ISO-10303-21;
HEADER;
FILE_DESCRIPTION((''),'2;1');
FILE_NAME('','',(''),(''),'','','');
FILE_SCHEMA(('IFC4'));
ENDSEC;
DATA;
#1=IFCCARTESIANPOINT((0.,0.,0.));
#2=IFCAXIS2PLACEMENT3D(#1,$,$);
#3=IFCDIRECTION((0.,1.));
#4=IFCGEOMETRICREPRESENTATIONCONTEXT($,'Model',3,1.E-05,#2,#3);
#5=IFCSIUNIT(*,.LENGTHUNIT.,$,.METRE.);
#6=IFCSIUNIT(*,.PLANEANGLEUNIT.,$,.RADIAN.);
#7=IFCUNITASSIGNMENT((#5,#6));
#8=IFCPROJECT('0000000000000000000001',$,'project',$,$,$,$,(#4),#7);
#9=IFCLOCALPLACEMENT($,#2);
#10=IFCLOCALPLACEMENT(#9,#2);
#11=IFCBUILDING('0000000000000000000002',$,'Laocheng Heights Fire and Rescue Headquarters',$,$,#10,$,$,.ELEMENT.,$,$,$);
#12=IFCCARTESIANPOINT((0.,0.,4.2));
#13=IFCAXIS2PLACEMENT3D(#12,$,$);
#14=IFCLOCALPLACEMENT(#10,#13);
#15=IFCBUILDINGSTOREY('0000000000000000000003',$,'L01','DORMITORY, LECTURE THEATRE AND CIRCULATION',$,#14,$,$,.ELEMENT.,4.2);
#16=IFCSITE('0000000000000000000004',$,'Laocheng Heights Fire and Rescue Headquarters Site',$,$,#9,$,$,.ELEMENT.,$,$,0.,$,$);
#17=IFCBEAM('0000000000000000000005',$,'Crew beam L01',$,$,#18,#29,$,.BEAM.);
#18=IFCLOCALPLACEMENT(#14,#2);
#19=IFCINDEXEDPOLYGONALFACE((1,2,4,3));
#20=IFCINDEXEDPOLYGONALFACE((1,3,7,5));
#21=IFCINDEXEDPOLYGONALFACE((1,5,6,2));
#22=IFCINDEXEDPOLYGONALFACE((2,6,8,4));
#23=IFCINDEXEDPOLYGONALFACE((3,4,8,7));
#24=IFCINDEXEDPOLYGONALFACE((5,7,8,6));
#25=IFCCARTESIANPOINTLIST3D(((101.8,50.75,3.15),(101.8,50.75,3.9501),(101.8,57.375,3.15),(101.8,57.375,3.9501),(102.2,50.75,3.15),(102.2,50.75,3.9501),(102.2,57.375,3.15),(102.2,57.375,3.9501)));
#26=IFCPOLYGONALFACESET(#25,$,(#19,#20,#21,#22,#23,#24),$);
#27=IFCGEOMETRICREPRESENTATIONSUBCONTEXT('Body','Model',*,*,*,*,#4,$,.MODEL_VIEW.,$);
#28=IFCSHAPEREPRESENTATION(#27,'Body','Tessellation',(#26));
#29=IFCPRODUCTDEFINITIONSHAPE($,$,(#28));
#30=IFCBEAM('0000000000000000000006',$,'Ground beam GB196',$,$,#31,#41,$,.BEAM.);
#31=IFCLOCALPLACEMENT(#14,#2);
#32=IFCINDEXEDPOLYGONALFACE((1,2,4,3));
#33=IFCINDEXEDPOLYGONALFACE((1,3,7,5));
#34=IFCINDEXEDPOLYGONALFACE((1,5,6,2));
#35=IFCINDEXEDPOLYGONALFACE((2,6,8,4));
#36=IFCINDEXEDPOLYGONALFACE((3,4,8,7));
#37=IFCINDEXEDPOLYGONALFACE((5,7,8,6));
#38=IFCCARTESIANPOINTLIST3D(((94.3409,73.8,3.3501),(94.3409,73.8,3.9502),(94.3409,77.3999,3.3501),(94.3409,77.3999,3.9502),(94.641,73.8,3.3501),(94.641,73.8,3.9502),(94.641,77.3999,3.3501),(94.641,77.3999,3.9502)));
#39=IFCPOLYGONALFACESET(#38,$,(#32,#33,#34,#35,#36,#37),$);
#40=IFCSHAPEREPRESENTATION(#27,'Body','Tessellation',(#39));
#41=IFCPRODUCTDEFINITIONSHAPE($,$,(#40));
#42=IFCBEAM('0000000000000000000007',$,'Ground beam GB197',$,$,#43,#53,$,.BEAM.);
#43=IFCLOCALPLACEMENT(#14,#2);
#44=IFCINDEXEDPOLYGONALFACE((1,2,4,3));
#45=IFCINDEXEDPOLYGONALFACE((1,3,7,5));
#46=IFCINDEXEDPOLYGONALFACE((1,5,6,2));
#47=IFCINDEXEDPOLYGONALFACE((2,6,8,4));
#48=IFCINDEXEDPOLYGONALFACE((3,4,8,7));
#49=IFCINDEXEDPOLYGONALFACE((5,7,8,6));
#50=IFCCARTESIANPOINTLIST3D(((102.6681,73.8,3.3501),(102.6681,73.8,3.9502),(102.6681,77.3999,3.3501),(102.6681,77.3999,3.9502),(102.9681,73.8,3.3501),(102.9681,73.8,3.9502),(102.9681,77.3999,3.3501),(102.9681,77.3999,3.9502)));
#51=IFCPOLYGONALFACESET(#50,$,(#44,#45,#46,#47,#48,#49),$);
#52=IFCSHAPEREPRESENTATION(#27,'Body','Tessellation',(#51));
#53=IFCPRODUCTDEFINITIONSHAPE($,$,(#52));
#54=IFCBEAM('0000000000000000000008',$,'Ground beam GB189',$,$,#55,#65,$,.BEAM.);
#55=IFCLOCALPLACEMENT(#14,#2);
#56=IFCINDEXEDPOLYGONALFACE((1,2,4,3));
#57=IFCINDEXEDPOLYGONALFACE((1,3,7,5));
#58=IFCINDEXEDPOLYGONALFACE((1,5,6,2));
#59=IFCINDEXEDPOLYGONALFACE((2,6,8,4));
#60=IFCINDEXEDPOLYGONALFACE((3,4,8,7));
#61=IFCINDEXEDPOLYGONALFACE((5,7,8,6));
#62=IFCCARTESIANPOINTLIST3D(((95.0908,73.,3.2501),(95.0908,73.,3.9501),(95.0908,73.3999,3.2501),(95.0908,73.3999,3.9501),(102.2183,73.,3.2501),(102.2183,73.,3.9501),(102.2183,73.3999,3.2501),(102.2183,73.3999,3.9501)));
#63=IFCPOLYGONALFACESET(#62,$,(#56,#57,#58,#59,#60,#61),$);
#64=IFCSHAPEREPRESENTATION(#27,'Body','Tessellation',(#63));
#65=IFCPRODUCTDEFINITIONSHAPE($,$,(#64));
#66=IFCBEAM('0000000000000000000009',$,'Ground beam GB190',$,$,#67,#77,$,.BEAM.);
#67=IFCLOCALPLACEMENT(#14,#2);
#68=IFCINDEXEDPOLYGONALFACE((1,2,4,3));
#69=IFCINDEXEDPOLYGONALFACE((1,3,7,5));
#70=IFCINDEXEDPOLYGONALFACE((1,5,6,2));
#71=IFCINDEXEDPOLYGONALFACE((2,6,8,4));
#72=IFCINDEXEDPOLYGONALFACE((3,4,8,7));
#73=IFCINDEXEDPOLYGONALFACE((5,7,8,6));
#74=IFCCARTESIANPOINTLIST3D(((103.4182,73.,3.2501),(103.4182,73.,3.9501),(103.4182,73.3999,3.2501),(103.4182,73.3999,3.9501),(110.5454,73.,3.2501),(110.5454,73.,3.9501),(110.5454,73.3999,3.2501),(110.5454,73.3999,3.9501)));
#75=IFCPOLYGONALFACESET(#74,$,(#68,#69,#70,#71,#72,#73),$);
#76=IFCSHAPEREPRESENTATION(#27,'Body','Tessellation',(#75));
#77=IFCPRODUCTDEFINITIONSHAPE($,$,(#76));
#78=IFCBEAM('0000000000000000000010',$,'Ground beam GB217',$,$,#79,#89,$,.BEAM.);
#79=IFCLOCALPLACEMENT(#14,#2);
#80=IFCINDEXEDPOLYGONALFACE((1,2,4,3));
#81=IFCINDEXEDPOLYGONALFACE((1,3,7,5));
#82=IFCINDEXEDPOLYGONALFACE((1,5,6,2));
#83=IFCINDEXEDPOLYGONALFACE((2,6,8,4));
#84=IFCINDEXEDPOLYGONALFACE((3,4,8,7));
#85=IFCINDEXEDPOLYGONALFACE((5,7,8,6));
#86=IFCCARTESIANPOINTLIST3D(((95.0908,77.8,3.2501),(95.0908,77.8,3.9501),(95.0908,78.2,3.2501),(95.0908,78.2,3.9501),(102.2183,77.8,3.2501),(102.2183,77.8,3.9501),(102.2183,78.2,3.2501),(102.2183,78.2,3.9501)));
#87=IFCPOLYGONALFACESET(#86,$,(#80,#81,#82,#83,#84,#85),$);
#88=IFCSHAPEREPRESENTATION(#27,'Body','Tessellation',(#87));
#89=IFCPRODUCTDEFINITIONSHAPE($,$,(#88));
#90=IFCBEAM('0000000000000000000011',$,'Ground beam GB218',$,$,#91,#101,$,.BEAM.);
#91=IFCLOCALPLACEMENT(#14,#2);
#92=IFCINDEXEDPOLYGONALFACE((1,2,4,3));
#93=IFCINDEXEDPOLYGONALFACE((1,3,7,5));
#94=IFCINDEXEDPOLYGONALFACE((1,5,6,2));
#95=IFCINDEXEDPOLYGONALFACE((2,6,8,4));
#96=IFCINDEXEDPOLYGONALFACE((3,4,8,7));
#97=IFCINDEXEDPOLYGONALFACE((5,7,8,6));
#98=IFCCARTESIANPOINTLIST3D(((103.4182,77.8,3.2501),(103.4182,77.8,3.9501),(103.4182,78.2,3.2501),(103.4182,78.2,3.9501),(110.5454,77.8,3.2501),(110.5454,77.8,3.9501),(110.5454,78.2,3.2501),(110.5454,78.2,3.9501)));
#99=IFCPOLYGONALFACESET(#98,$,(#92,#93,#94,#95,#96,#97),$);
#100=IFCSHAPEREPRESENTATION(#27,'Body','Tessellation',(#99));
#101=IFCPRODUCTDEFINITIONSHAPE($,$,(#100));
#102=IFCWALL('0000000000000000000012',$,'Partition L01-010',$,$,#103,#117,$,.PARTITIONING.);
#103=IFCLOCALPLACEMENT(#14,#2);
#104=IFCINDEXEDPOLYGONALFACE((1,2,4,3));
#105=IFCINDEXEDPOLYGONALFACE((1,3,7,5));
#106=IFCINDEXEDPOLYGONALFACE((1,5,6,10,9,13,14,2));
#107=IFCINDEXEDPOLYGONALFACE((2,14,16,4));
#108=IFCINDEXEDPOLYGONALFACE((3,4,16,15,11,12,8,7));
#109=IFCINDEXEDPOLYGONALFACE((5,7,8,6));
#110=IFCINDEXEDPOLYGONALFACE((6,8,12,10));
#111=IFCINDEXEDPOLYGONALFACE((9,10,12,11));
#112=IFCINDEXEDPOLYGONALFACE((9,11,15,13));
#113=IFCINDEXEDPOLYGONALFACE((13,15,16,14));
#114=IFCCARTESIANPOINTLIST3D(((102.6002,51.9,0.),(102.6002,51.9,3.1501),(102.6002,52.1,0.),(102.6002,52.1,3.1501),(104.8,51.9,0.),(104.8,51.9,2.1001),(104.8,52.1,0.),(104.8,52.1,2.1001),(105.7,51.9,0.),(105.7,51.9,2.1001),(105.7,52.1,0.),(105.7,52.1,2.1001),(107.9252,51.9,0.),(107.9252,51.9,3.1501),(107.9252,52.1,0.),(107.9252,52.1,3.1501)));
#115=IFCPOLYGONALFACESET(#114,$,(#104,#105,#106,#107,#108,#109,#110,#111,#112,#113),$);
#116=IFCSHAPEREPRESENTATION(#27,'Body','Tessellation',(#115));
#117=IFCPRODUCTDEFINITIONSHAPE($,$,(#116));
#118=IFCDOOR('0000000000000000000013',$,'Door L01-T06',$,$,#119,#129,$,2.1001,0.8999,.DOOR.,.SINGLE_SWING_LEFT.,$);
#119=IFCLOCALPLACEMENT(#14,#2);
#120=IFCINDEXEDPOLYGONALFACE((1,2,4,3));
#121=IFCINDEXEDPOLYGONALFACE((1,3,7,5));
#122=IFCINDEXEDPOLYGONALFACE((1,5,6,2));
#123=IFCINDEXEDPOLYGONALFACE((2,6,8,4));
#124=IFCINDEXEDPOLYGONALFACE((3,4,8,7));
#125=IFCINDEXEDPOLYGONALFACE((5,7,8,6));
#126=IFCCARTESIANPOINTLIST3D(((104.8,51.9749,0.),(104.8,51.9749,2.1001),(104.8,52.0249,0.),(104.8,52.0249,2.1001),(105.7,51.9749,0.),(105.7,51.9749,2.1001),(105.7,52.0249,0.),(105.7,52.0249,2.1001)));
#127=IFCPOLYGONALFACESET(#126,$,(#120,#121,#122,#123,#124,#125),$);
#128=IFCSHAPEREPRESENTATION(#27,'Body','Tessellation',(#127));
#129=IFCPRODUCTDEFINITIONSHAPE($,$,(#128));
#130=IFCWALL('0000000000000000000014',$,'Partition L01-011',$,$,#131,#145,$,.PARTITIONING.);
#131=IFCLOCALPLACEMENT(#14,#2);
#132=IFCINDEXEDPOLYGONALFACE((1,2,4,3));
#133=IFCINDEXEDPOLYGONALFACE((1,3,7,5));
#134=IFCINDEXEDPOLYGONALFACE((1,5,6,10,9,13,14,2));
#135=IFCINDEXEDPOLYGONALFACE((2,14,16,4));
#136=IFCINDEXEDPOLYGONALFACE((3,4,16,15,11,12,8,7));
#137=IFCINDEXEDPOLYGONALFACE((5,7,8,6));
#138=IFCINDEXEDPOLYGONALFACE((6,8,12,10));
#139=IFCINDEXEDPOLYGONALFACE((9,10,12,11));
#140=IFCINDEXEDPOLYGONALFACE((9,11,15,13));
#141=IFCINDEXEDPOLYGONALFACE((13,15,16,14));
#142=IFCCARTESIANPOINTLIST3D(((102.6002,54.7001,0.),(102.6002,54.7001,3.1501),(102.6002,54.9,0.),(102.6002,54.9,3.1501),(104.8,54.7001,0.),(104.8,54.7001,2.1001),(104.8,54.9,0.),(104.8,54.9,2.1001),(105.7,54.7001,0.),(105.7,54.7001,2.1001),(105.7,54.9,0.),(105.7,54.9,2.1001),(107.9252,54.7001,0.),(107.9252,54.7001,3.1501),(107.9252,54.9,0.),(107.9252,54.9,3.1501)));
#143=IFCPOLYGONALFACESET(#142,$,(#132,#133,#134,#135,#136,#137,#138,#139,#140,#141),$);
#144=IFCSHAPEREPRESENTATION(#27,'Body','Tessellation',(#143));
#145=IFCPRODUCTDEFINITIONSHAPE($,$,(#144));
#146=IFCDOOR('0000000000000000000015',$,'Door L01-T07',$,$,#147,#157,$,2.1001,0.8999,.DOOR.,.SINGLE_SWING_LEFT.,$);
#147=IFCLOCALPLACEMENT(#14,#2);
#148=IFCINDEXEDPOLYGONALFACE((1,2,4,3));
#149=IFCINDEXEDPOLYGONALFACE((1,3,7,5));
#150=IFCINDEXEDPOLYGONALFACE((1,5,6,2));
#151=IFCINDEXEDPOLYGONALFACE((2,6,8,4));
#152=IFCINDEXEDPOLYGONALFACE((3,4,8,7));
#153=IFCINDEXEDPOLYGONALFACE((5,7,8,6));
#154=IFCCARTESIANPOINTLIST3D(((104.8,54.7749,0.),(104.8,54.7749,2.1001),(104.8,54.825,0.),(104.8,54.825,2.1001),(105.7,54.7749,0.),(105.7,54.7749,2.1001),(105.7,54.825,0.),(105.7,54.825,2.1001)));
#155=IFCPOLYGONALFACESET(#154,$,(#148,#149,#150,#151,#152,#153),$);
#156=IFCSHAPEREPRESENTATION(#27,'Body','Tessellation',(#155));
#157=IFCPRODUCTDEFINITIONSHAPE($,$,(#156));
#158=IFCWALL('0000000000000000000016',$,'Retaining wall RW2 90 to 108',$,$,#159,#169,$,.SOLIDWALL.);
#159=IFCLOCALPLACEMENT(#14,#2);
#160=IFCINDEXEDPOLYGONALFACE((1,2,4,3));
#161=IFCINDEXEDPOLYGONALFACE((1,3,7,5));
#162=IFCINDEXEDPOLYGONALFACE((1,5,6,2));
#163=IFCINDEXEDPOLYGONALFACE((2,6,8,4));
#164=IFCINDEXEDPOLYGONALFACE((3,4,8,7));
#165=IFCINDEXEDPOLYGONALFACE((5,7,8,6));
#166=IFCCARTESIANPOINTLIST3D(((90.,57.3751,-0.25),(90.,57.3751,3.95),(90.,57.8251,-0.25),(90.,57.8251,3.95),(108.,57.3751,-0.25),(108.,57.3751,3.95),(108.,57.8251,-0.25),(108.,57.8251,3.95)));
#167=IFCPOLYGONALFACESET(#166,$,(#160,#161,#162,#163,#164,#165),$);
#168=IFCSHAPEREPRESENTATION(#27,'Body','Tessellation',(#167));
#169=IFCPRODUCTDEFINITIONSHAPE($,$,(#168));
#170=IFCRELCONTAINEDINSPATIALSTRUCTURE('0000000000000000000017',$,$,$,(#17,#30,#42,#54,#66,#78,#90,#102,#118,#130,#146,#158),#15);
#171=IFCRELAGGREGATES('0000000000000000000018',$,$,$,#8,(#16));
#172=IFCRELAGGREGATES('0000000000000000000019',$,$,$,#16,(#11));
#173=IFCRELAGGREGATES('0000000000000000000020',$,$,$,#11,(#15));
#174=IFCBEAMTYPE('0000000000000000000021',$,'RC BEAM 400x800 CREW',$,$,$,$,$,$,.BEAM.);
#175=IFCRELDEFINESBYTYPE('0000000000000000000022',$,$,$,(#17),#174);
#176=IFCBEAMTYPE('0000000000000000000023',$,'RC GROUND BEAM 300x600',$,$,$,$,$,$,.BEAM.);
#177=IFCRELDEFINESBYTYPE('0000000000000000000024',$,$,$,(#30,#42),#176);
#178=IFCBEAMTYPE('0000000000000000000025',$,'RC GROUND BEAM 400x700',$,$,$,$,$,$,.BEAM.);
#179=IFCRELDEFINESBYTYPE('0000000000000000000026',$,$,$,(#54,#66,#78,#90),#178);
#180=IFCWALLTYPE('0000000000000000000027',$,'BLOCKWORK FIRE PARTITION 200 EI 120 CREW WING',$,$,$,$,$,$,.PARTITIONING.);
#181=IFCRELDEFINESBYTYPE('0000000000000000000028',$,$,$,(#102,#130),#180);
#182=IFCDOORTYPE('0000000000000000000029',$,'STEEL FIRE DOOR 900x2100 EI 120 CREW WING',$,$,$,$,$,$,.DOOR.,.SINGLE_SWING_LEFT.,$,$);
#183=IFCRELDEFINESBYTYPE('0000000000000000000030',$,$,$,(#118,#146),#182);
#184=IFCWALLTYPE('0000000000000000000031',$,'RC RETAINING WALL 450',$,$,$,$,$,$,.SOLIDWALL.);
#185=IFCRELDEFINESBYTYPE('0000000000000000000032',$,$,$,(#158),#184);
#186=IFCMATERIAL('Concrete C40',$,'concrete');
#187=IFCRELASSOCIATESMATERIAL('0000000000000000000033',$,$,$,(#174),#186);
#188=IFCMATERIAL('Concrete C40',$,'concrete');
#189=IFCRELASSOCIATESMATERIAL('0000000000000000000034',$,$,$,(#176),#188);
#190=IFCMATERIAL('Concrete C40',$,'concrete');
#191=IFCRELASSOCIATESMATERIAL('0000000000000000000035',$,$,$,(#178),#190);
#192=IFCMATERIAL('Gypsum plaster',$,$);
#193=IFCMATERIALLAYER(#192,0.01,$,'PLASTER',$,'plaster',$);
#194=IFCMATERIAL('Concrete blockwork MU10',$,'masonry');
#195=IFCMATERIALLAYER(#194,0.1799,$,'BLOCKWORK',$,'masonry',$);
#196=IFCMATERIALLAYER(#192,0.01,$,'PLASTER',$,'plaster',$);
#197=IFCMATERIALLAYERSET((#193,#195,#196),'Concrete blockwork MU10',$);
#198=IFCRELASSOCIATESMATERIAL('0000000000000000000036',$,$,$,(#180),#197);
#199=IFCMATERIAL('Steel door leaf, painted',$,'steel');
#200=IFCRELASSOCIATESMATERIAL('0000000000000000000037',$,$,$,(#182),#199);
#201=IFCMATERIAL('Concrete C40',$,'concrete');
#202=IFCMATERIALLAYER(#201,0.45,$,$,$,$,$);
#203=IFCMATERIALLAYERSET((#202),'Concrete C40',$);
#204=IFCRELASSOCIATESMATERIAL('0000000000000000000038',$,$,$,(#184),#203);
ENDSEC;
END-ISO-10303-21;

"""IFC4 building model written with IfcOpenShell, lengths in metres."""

from ifc_helpers import new_model, si_unit, direction, frame, frame_2d, origin, origin_2d, place, context, subcontext, project, spatial, rectangle, extrude, material, layer, layer_set, material_profile, profile_set, type_object, element, fill, save


model = new_model("IFC4")

# Units and contexts
model_context = context("Model", 3, precision=1e-05, world=origin(), true_north=direction((0.0, 1.0)))
body_context = subcontext(model_context, "Body", "Model", "MODEL_VIEW")
ifc_project = project(units=[si_unit("LENGTHUNIT", "METRE"), si_unit("PLANEANGLEUNIT", "RADIAN")], contexts=[model_context])

# Site, building, storey
site_placement = place(None, origin())
site = spatial("IfcSite", under=ifc_project, at=site_placement, Name="Laocheng Heights Fire and Rescue Headquarters Site", CompositionType="ELEMENT", RefElevation=0.0)
building_placement = place(site_placement, origin())
building = spatial("IfcBuilding", under=site, at=building_placement, Name="Laocheng Heights Fire and Rescue Headquarters", CompositionType="ELEMENT")
storey_placement = place(building_placement, frame((0.0, 0.0, 4.2)))
storey = spatial("IfcBuildingStorey", under=building, at=storey_placement, Name="L01", Description="DORMITORY, LECTURE THEATRE AND CIRCULATION", CompositionType="ELEMENT", Elevation=4.2)

# Beams
ifc_material_1 = material(Name="Concrete C40", Category="concrete")
ifc_material_profile_1 = material_profile(ifc_material_1, rectangle(XDim=0.3999, YDim=0.8, at=origin_2d()), Name="RC BEAM 400x800 CREW")
ifc_profile_set_1 = profile_set([ifc_material_profile_1], Name="Concrete C40")
beam_type_1 = type_object("IfcBeamType", Name="RC BEAM 400x800 CREW", PredefinedType="BEAM", material=ifc_profile_set_1)
beam_1_placement = place(storey_placement, frame((102.0, 50.75, 3.55), z_axis=(0.0, 1.0, 0.0), x_axis=(-1.0, 0.0, 0.0)))
element("IfcBeam", 1, at=beam_1_placement, inside=storey, type_object=beam_type_1, Name="Crew beam L01", PredefinedType="BEAM", context=body_context, shape_type="SweptSolid", body=[
    extrude(rectangle(XDim=0.3999, YDim=0.8, at=origin_2d()), origin(), (0.0, 0.0, 1.0), 6.625),
])
ifc_material_2 = material(Name="Concrete C40", Category="concrete")
ifc_material_profile_2 = material_profile(ifc_material_2, rectangle(XDim=0.3, YDim=0.6001, at=origin_2d()), Name="RC GROUND BEAM 300x600")
ifc_profile_set_2 = profile_set([ifc_material_profile_2], Name="Concrete C40")
beam_type_2 = type_object("IfcBeamType", Name="RC GROUND BEAM 300x600", PredefinedType="BEAM", material=ifc_profile_set_2)
for number, where, z_axis, x_axis, name in (
    (2, (94.491, 73.8, 3.6501), (0.0, 1.0, 0.0), (-1.0, 0.0, 0.0), "Ground beam GB196"),
    (3, (102.8181, 73.8, 3.6501), (0.0, 1.0, 0.0), (-1.0, 0.0, 0.0), "Ground beam GB197"),
):
    element("IfcBeam", number, at=place(storey_placement, frame(where, z_axis=z_axis, x_axis=x_axis)), inside=storey, type_object=beam_type_2, Name=name, PredefinedType="BEAM", context=body_context, shape_type="SweptSolid", body=[
        extrude(rectangle(XDim=0.3, YDim=0.6001, at=origin_2d()), origin(), (0.0, 0.0, 1.0), 3.5999),
    ])
ifc_material_3 = material(Name="Concrete C40", Category="concrete")
ifc_material_profile_3 = material_profile(ifc_material_3, rectangle(XDim=0.3999, YDim=0.7, at=origin_2d()), Name="RC GROUND BEAM 400x700")
ifc_profile_set_3 = profile_set([ifc_material_profile_3], Name="Concrete C40")
beam_type_3 = type_object("IfcBeamType", Name="RC GROUND BEAM 400x700", PredefinedType="BEAM", material=ifc_profile_set_3)
beam_2_placement = place(storey_placement, frame((95.0908, 73.2, 3.6001), z_axis=(1.0, 0.0, 0.0), x_axis=(0.0, 1.0, 0.0)))
element("IfcBeam", 4, at=beam_2_placement, inside=storey, type_object=beam_type_3, Name="Ground beam GB189", PredefinedType="BEAM", context=body_context, shape_type="SweptSolid", body=[
    extrude(rectangle(XDim=0.3999, YDim=0.7, at=origin_2d()), origin(), (0.0, 0.0, 1.0), 7.1274),
])
beam_3_placement = place(storey_placement, frame((103.4182, 73.2, 3.6001), z_axis=(1.0, 0.0, 0.0), x_axis=(0.0, 1.0, 0.0)))
element("IfcBeam", 5, at=beam_3_placement, inside=storey, type_object=beam_type_3, Name="Ground beam GB190", PredefinedType="BEAM", context=body_context, shape_type="SweptSolid", body=[
    extrude(rectangle(XDim=0.3999, YDim=0.7, at=origin_2d()), origin(), (0.0, 0.0, 1.0), 7.1272),
])
beam_4_placement = place(storey_placement, frame((95.0908, 78.0, 3.6001), z_axis=(1.0, 0.0, 0.0), x_axis=(0.0, 1.0, 0.0)))
element("IfcBeam", 6, at=beam_4_placement, inside=storey, type_object=beam_type_3, Name="Ground beam GB217", PredefinedType="BEAM", context=body_context, shape_type="SweptSolid", body=[
    extrude(rectangle(XDim=0.3999, YDim=0.7, at=origin_2d()), origin(), (0.0, 0.0, 1.0), 7.1274),
])
beam_5_placement = place(storey_placement, frame((103.4182, 78.0, 3.6001), z_axis=(1.0, 0.0, 0.0), x_axis=(0.0, 1.0, 0.0)))
element("IfcBeam", 7, at=beam_5_placement, inside=storey, type_object=beam_type_3, Name="Ground beam GB218", PredefinedType="BEAM", context=body_context, shape_type="SweptSolid", body=[
    extrude(rectangle(XDim=0.3999, YDim=0.7, at=origin_2d()), origin(), (0.0, 0.0, 1.0), 7.1272),
])

# Walls, openings, doors
ifc_material_4 = material(Name="Gypsum plaster")
ifc_layer_1 = layer(ifc_material_4, 0.01, Name="PLASTER", Category="plaster")
ifc_material_5 = material(Name="Concrete blockwork MU10", Category="masonry")
ifc_layer_2 = layer(ifc_material_5, 0.1799, Name="BLOCKWORK", Category="masonry")
ifc_layer_3 = layer(ifc_material_4, 0.01, Name="PLASTER", Category="plaster")
ifc_layer_set_1 = layer_set([ifc_layer_1, ifc_layer_2, ifc_layer_3], Name="Concrete blockwork MU10")
wall_type_1 = type_object("IfcWallType", Name="BLOCKWORK FIRE PARTITION 200 EI 120 CREW WING", PredefinedType="PARTITIONING", material=ifc_layer_set_1)
wall_1_placement = place(storey_placement, frame((102.6001, 52.0, 0.0), z_axis=(0.0, 0.0, 1.0), x_axis=(1.0, 0.0, 0.0)))
wall_1 = element("IfcWall", 8, at=wall_1_placement, inside=storey, type_object=wall_type_1, Name="Partition L01-010", PredefinedType="PARTITIONING", context=body_context, shape_type="SweptSolid", body=[
    extrude(rectangle(XDim=5.325, YDim=0.2, at=frame_2d((2.6626, 0.0))), origin(), (0.0, 0.0, 1.0), 3.1501),
])
opening_1_placement = place(wall_1_placement, frame((2.2, 0.0, 0.0)))
opening_1 = element("IfcOpeningElement", 9, at=opening_1_placement, cuts=wall_1, PredefinedType="OPENING", context=body_context, shape_type="SweptSolid", body=[
    extrude(rectangle(XDim=0.8999, YDim=2.1001, at=frame_2d((0.45, 1.05))), frame((0.0, 0.1099, 0.0), z_axis=(0.0, -1.0, 0.0), x_axis=(1.0, 0.0, 0.0)), (0.0, 0.0, 1.0), 0.22),
])
ifc_material_6 = material(Name="Steel door leaf, painted", Category="steel")
door_type_1 = type_object("IfcDoorType", Name="STEEL FIRE DOOR 900x2100 EI 120 CREW WING", OperationType="SINGLE_SWING_LEFT", PredefinedType="DOOR", material=ifc_material_6)
door_1_placement = place(opening_1_placement, origin())
door_1 = element("IfcDoor", 10, at=door_1_placement, inside=storey, type_object=door_type_1, Name="Door L01-T06", OperationType="SINGLE_SWING_LEFT", OverallHeight=2.1001, OverallWidth=0.8999, PredefinedType="DOOR", context=body_context, shape_type="SweptSolid", body=[
    extrude(rectangle(XDim=0.8999, YDim=2.1001, at=frame_2d((0.45, 1.05))), frame((0.0, 0.0249, 0.0), z_axis=(0.0, -1.0, 0.0), x_axis=(1.0, 0.0, 0.0)), (0.0, 0.0, 1.0), 0.05),
])
fill(opening_1, door_1)
wall_2_placement = place(storey_placement, frame((102.6001, 54.8, 0.0), z_axis=(0.0, 0.0, 1.0), x_axis=(1.0, 0.0, 0.0)))
wall_2 = element("IfcWall", 11, at=wall_2_placement, inside=storey, type_object=wall_type_1, Name="Partition L01-011", PredefinedType="PARTITIONING", context=body_context, shape_type="SweptSolid", body=[
    extrude(rectangle(XDim=5.325, YDim=0.2, at=frame_2d((2.6626, 0.0))), origin(), (0.0, 0.0, 1.0), 3.1501),
])
opening_2_placement = place(wall_2_placement, frame((2.2, 0.0, 0.0)))
opening_2 = element("IfcOpeningElement", 12, at=opening_2_placement, cuts=wall_2, PredefinedType="OPENING", context=body_context, shape_type="SweptSolid", body=[
    extrude(rectangle(XDim=0.8999, YDim=2.1001, at=frame_2d((0.45, 1.05))), frame((0.0, 0.1099, 0.0), z_axis=(0.0, -1.0, 0.0), x_axis=(1.0, 0.0, 0.0)), (0.0, 0.0, 1.0), 0.22),
])
door_2_placement = place(opening_2_placement, origin())
door_2 = element("IfcDoor", 13, at=door_2_placement, inside=storey, type_object=door_type_1, Name="Door L01-T07", OperationType="SINGLE_SWING_LEFT", OverallHeight=2.1001, OverallWidth=0.8999, PredefinedType="DOOR", context=body_context, shape_type="SweptSolid", body=[
    extrude(rectangle(XDim=0.8999, YDim=2.1001, at=frame_2d((0.45, 1.05))), frame((0.0, 0.0249, 0.0), z_axis=(0.0, -1.0, 0.0), x_axis=(1.0, 0.0, 0.0)), (0.0, 0.0, 1.0), 0.05),
])
fill(opening_2, door_2)

# Wall
ifc_material_7 = material(Name="Concrete C40", Category="concrete")
ifc_layer_4 = layer(ifc_material_7, 0.45)
ifc_layer_set_2 = layer_set([ifc_layer_4], Name="Concrete C40")
wall_type_2 = type_object("IfcWallType", Name="RC RETAINING WALL 450", PredefinedType="SOLIDWALL", material=ifc_layer_set_2)
wall_3_placement = place(storey_placement, frame((90.0, 57.6001, -0.25), z_axis=(0.0, 0.0, 1.0), x_axis=(1.0, 0.0, 0.0)))
element("IfcWall", 14, at=wall_3_placement, inside=storey, type_object=wall_type_2, Name="Retaining wall RW2 90 to 108", PredefinedType="SOLIDWALL", context=body_context, shape_type="SweptSolid", body=[
    extrude(rectangle(XDim=18.0, YDim=0.45, at=frame_2d((9.0, 0.0))), origin(), (0.0, 0.0, 1.0), 4.2),
])

save(model, "model.ifc")
